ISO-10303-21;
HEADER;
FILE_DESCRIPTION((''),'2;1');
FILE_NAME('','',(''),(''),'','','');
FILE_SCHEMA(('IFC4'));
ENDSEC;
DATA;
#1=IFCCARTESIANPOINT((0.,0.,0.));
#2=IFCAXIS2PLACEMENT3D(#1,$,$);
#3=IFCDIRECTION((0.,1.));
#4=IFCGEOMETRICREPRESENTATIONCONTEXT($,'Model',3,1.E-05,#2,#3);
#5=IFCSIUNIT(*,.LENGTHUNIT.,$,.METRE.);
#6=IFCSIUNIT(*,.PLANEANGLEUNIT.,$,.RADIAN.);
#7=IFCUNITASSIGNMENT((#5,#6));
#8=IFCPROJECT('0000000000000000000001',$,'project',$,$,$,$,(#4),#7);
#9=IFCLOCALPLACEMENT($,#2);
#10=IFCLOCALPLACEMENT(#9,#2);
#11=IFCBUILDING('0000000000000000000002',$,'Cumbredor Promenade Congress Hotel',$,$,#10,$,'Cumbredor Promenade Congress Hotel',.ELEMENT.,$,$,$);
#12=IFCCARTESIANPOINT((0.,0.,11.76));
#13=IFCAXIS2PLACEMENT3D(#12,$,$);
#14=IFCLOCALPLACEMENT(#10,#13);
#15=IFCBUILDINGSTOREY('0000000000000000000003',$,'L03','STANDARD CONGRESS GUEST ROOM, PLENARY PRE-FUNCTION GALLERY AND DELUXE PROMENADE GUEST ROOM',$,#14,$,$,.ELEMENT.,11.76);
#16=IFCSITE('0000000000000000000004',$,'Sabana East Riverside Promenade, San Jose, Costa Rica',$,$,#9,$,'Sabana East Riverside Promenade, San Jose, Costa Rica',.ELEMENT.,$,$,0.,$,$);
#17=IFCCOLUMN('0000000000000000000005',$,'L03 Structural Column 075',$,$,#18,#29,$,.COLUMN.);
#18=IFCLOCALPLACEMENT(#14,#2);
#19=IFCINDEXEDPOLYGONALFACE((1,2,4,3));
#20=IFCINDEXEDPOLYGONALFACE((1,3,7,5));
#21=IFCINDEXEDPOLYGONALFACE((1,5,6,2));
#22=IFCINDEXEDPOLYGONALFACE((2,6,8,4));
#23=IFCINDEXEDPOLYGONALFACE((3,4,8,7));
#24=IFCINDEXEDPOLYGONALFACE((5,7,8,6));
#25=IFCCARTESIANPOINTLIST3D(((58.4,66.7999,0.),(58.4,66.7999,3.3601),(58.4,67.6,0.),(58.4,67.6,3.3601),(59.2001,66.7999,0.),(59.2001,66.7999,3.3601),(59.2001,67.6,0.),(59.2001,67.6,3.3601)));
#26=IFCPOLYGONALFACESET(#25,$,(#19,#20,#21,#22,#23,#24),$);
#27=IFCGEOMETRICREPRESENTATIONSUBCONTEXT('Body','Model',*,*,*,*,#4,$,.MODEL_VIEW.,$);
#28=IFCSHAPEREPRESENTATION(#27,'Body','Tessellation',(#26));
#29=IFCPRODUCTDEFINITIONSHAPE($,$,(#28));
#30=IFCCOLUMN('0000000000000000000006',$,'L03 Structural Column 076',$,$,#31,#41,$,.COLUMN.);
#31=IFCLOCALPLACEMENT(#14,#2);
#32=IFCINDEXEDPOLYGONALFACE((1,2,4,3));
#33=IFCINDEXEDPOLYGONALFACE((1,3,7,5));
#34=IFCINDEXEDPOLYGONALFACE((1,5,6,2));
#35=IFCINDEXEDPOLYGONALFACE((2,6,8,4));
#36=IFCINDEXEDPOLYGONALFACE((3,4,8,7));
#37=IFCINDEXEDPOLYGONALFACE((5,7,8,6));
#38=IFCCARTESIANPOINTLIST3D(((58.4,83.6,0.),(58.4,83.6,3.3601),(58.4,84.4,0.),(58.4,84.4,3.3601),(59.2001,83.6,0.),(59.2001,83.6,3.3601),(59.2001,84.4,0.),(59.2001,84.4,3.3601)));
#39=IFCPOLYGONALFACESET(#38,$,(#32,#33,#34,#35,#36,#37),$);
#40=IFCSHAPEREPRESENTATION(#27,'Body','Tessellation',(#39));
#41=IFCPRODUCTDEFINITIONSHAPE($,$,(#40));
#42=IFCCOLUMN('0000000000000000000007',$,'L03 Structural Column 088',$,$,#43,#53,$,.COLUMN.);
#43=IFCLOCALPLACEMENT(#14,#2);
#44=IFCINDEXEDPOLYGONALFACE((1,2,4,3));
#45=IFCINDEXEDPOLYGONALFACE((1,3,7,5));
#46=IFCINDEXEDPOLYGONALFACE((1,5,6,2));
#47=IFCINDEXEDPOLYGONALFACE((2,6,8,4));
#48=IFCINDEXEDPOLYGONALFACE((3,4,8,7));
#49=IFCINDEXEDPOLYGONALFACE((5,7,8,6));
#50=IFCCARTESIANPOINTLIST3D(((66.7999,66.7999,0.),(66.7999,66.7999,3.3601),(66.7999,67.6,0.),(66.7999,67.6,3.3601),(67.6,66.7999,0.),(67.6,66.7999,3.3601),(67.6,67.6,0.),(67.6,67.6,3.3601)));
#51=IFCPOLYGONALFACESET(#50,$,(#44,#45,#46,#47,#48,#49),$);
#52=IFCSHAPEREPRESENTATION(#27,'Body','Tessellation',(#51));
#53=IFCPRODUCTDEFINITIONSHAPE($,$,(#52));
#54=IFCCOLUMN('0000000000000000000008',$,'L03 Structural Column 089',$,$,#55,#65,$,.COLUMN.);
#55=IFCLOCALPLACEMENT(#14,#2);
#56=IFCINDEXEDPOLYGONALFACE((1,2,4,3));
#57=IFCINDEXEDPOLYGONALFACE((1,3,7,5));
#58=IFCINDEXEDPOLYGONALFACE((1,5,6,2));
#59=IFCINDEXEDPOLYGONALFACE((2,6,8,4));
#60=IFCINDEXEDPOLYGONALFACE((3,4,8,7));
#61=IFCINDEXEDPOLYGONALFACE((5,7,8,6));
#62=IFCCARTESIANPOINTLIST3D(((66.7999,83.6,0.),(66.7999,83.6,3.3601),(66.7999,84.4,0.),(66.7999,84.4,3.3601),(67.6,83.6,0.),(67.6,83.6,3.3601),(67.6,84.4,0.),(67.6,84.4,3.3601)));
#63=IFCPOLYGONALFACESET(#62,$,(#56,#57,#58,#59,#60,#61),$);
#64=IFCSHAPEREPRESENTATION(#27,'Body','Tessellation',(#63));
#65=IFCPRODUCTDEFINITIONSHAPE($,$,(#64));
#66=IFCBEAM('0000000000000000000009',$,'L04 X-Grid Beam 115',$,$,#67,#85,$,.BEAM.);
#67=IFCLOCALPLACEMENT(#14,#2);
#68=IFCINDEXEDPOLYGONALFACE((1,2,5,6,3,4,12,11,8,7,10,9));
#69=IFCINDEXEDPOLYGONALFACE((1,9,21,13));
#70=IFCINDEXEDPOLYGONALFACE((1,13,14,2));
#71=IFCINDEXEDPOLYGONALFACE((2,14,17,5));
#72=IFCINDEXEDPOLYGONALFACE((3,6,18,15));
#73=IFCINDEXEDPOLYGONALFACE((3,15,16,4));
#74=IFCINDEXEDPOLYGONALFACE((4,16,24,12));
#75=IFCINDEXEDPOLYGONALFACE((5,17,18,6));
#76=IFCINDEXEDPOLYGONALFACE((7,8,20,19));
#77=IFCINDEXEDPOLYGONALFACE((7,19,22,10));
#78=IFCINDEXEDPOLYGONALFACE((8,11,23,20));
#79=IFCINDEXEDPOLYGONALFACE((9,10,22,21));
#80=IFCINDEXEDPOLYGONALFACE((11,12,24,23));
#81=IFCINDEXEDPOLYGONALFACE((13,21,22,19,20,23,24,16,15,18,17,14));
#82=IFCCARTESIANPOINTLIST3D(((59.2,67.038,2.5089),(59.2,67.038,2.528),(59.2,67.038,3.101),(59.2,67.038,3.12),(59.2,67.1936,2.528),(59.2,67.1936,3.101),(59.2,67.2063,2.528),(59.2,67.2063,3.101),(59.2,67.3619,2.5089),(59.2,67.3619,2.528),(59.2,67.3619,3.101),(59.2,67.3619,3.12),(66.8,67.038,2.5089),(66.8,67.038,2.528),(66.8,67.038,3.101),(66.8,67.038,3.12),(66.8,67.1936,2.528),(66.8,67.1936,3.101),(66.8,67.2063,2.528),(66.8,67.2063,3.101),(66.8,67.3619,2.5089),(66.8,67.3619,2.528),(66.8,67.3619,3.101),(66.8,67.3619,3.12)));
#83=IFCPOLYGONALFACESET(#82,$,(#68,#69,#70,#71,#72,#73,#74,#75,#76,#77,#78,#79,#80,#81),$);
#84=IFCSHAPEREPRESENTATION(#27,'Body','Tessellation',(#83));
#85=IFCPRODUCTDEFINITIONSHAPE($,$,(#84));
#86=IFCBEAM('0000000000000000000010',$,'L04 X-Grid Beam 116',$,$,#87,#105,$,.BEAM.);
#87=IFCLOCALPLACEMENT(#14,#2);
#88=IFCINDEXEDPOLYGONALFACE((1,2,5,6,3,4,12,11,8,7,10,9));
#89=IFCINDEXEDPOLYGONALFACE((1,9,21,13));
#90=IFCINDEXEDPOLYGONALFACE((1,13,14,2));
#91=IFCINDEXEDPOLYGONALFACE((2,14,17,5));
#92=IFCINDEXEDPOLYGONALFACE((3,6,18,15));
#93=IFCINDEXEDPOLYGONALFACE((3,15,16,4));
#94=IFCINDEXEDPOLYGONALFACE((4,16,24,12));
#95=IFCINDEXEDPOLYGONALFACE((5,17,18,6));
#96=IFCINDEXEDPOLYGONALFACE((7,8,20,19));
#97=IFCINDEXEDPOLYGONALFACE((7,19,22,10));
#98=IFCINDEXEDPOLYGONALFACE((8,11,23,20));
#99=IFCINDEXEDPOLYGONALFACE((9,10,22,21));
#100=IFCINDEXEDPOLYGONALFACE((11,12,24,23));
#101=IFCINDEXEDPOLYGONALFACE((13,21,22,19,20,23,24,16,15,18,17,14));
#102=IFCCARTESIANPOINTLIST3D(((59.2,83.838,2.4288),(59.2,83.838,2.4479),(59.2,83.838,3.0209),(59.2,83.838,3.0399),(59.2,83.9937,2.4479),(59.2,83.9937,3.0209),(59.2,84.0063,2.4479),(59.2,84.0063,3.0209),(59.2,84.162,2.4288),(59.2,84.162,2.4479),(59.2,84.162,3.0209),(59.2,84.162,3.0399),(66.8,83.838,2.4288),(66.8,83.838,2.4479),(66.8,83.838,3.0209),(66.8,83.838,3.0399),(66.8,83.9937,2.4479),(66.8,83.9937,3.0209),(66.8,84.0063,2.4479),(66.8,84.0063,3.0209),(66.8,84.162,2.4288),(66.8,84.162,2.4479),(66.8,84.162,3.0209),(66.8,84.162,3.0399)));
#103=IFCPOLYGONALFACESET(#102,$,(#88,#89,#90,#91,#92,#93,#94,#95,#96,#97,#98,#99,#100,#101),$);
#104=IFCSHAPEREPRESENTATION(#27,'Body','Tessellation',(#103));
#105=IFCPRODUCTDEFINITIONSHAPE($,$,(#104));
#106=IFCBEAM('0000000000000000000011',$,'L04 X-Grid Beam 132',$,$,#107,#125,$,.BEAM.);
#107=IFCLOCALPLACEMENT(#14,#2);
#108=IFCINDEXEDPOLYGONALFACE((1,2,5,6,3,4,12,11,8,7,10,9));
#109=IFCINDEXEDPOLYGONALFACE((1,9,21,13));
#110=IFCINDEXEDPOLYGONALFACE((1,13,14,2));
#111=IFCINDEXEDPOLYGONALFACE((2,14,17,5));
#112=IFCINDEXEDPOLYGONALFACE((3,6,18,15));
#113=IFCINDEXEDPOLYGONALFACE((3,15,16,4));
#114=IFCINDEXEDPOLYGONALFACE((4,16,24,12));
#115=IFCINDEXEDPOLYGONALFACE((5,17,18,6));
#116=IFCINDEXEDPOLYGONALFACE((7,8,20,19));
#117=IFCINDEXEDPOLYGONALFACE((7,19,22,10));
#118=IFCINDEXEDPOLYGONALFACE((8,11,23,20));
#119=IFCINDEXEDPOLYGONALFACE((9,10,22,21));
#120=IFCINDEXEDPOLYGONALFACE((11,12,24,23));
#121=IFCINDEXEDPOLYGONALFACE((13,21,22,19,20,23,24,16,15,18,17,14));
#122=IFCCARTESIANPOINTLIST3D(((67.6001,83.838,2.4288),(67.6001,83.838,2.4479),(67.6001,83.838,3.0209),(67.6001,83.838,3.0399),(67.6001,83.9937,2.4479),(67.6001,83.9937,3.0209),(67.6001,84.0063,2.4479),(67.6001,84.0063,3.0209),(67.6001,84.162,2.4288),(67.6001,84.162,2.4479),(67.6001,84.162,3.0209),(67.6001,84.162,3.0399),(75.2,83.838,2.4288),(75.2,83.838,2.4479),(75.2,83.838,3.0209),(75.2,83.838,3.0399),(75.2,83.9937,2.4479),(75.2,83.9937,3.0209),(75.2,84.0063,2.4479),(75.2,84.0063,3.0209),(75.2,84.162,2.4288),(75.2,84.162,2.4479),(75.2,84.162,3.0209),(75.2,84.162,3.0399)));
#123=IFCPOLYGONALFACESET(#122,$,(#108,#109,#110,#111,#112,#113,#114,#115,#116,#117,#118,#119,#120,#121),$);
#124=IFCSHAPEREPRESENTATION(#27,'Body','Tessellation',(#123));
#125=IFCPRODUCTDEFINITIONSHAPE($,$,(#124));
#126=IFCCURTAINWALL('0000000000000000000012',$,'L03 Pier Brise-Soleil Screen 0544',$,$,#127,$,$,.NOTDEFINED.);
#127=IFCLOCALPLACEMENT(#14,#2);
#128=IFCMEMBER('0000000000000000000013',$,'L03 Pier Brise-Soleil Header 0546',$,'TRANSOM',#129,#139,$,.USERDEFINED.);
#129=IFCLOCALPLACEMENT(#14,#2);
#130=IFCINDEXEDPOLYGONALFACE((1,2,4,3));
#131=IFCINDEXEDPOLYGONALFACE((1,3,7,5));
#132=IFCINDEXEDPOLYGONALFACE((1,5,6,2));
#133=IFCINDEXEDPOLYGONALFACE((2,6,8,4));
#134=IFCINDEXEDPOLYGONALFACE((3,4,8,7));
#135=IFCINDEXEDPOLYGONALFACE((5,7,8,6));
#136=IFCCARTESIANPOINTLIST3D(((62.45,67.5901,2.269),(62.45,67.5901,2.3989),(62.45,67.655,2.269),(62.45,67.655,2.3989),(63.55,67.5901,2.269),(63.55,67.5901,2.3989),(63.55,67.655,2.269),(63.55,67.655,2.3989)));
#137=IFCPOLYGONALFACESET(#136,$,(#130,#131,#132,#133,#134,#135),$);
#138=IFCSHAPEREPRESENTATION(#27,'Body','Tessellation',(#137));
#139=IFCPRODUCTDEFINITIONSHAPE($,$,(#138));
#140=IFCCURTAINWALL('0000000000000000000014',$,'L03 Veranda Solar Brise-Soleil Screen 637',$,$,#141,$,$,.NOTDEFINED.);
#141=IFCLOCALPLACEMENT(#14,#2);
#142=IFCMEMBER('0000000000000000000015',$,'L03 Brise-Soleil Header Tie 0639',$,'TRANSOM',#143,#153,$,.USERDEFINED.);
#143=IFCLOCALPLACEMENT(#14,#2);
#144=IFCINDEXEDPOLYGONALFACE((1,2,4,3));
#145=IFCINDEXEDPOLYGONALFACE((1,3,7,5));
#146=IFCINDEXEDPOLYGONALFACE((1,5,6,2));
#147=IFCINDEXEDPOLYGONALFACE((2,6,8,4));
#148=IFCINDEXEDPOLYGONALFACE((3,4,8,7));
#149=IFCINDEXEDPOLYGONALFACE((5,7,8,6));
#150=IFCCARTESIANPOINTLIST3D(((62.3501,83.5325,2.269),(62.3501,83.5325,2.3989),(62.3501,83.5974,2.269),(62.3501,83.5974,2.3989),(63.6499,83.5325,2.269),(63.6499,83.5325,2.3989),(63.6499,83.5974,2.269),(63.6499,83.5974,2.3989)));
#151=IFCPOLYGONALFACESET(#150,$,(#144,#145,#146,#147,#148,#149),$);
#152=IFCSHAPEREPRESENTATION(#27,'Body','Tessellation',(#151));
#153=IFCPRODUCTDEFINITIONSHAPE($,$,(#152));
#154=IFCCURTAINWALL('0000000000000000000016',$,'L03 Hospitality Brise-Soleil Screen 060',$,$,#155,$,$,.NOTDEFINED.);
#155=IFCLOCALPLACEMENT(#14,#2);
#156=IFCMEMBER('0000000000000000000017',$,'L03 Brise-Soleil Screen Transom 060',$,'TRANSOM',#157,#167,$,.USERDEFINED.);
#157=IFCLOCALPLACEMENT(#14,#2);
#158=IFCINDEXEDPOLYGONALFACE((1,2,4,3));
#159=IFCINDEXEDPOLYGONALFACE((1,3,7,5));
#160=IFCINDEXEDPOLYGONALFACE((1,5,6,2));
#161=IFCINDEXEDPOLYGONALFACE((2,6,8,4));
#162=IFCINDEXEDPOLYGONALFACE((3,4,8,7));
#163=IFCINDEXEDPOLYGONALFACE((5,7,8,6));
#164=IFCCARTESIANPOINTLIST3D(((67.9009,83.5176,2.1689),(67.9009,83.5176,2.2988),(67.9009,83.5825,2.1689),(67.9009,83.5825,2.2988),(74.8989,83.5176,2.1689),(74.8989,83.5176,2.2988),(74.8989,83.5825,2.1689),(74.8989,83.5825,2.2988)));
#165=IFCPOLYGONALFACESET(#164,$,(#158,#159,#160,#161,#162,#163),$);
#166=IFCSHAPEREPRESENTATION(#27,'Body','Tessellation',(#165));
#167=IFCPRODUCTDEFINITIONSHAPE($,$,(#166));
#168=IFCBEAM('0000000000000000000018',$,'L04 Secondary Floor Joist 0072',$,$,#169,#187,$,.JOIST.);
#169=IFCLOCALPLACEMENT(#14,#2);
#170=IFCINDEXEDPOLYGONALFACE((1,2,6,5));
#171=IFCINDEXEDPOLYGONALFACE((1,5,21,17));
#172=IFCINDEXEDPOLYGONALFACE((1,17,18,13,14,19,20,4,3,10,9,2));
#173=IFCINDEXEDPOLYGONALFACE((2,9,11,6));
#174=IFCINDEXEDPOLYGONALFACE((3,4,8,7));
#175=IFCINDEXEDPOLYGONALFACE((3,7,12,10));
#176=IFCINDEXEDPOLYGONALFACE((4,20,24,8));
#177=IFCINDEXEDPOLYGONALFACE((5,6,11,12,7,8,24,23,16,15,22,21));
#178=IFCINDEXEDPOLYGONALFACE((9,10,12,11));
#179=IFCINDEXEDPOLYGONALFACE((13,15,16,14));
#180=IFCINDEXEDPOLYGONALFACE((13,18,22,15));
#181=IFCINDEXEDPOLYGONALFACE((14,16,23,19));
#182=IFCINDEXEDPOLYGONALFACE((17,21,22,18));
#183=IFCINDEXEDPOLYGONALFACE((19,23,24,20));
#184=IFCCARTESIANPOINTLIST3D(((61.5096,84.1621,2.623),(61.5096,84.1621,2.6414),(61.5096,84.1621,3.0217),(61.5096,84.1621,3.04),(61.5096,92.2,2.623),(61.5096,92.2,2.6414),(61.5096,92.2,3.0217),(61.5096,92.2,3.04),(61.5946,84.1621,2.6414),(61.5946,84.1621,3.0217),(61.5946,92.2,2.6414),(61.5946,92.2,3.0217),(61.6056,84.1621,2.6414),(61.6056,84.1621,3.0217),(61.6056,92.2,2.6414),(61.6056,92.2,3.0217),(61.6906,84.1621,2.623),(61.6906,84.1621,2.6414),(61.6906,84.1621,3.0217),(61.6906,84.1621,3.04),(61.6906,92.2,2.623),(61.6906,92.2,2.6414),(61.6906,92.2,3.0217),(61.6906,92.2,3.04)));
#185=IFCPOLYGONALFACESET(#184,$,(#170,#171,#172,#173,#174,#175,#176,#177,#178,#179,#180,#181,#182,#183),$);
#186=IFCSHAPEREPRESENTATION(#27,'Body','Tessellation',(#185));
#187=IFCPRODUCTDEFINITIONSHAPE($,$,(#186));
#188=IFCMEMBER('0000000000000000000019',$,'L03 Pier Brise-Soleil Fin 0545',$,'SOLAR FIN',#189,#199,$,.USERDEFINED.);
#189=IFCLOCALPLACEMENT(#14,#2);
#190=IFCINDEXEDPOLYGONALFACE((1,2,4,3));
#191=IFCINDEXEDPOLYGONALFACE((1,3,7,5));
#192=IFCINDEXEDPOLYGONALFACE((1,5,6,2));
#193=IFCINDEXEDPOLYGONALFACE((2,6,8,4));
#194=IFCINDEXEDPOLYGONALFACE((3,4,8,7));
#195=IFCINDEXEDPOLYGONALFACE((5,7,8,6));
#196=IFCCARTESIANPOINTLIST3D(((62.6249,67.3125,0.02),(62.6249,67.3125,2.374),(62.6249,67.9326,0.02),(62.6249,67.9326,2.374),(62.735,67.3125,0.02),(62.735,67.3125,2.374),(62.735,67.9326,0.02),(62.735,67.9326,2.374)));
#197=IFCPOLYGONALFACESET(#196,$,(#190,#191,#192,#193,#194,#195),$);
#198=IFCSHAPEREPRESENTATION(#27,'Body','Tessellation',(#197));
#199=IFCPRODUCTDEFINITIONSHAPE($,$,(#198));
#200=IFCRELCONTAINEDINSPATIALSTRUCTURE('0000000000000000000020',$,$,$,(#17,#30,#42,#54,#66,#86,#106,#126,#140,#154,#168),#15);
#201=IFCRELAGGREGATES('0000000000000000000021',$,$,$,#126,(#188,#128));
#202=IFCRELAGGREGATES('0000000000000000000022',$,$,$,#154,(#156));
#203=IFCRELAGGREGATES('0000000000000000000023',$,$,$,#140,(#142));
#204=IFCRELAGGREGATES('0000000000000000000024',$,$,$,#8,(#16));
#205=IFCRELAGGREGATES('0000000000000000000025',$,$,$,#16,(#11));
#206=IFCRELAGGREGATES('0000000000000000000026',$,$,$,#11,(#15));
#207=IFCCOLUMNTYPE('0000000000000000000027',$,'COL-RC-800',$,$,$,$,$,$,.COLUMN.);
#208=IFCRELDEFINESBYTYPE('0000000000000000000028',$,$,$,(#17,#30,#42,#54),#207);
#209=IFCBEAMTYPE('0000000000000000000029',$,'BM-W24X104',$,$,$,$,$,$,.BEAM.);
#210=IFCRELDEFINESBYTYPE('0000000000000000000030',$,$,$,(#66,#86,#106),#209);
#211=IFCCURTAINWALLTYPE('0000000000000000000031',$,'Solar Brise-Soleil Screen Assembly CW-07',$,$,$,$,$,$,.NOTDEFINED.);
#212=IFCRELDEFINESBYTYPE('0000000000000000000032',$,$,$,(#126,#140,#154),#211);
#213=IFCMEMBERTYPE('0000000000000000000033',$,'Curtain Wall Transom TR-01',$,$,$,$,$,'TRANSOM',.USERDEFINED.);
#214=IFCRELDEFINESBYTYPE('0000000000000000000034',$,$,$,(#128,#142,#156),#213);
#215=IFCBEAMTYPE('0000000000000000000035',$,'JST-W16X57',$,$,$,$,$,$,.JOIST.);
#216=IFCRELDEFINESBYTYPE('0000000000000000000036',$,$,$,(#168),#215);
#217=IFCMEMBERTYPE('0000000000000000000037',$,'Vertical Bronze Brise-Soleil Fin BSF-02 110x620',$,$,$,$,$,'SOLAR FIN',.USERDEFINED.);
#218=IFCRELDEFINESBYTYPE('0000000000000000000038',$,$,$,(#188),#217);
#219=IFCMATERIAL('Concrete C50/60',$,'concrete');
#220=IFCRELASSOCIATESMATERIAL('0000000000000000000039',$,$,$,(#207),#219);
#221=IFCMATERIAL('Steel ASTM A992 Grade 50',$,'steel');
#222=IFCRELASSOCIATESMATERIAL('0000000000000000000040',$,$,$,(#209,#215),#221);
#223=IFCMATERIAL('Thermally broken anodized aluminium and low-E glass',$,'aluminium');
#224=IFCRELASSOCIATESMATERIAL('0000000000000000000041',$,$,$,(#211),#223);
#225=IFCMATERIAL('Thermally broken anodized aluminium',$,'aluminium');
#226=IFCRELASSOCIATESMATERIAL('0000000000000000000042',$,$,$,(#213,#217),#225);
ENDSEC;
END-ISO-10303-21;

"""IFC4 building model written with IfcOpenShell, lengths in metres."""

from ifc_helpers import new_model, si_unit, direction, frame, origin, origin_2d, place, context, subcontext, project, spatial, rectangle, i_section, extrude, material, material_profile, profile_set, type_object, element, aggregate, save


model = new_model("IFC4")

# Units and contexts
model_context = context("Model", 3, precision=1e-05, world=origin(), true_north=direction((0.0, 1.0)))
body_context = subcontext(model_context, "Body", "Model", "MODEL_VIEW")
ifc_project = project(units=[si_unit("LENGTHUNIT", "METRE"), si_unit("PLANEANGLEUNIT", "RADIAN")], contexts=[model_context])

# Site, building, storey
site_placement = place(None, origin())
site = spatial("IfcSite", under=ifc_project, at=site_placement, Name="Sabana East Riverside Promenade, San Jose, Costa Rica", LongName="Sabana East Riverside Promenade, San Jose, Costa Rica", CompositionType="ELEMENT", RefElevation=0.0)
building_placement = place(site_placement, origin())
building = spatial("IfcBuilding", under=site, at=building_placement, Name="Cumbredor Promenade Congress Hotel", LongName="Cumbredor Promenade Congress Hotel", CompositionType="ELEMENT")
storey_placement = place(building_placement, frame((0.0, 0.0, 11.76)))
storey = spatial("IfcBuildingStorey", under=building, at=storey_placement, Name="L03", Description="STANDARD CONGRESS GUEST ROOM, PLENARY PRE-FUNCTION GALLERY AND DELUXE PROMENADE GUEST ROOM", CompositionType="ELEMENT", Elevation=11.76)

# Columns
ifc_material_1 = material(Name="Concrete C50/60", Category="concrete")
ifc_material_profile_1 = material_profile(ifc_material_1, rectangle(XDim=0.8, YDim=0.8, at=origin_2d()), Name="RC 800x800")
ifc_profile_set_1 = profile_set([ifc_material_profile_1], Name="Concrete C50/60")
column_type = type_object("IfcColumnType", Name="COL-RC-800", PredefinedType="COLUMN", material=ifc_profile_set_1)
for number, where, z_axis, x_axis, name in (
    (1, (58.8, 67.2, 0.0), (0.0, 0.0, 1.0), (1.0, 0.0, 0.0), "L03 Structural Column 075"),
    (2, (58.8, 84.0, 0.0), (0.0, 0.0, 1.0), (1.0, 0.0, 0.0), "L03 Structural Column 076"),
    (3, (67.2, 67.2, 0.0), (0.0, 0.0, 1.0), (1.0, 0.0, 0.0), "L03 Structural Column 088"),
    (4, (67.2, 84.0, 0.0), (0.0, 0.0, 1.0), (1.0, 0.0, 0.0), "L03 Structural Column 089"),
):
    element("IfcColumn", number, at=place(storey_placement, frame(where, z_axis=z_axis, x_axis=x_axis)), inside=storey, type_object=column_type, Name=name, PredefinedType="COLUMN", context=body_context, shape_type="SweptSolid", body=[
        extrude(rectangle(XDim=0.8, YDim=0.8, at=origin_2d()), origin(), (0.0, 0.0, 1.0), 3.3601),
    ])

# Beams
ifc_material_2 = material(Name="Steel ASTM A992 Grade 50", Category="steel")
ifc_material_profile_2 = material_profile(ifc_material_2, i_section(OverallWidth=0.324, OverallDepth=0.6111, WebThickness=0.0127, FlangeThickness=0.019, at=origin_2d()), Name="W24X104")
ifc_profile_set_2 = profile_set([ifc_material_profile_2], Name="Steel ASTM A992 Grade 50")
beam_type_1 = type_object("IfcBeamType", Name="BM-W24X104", PredefinedType="BEAM", material=ifc_profile_set_2)
for number, where, z_axis, x_axis, name in (
    (5, (59.2, 67.2, 2.8145), (1.0, 0.0, 0.0), (0.0, 1.0, 0.0), "L04 X-Grid Beam 115"),
    (6, (59.2, 84.0, 2.7344), (1.0, 0.0, 0.0), (0.0, 1.0, 0.0), "L04 X-Grid Beam 116"),
):
    element("IfcBeam", number, at=place(storey_placement, frame(where, z_axis=z_axis, x_axis=x_axis)), inside=storey, type_object=beam_type_1, Name=name, PredefinedType="BEAM", context=body_context, shape_type="SweptSolid", body=[
        extrude(i_section(OverallWidth=0.324, OverallDepth=0.6111, WebThickness=0.0127, FlangeThickness=0.019, at=origin_2d()), origin(), (0.0, 0.0, 1.0), 7.6001),
    ])
beam_1_placement = place(storey_placement, frame((67.6001, 84.0, 2.7344), z_axis=(1.0, 0.0, 0.0), x_axis=(0.0, 1.0, 0.0)))
element("IfcBeam", 7, at=beam_1_placement, inside=storey, type_object=beam_type_1, Name="L04 X-Grid Beam 132", PredefinedType="BEAM", context=body_context, shape_type="SweptSolid", body=[
    extrude(i_section(OverallWidth=0.324, OverallDepth=0.6111, WebThickness=0.0127, FlangeThickness=0.019, at=origin_2d()), origin(), (0.0, 0.0, 1.0), 7.5999),
])

# Curtain walls, members
ifc_material_3 = material(Name="Thermally broken anodized aluminium and low-E glass", Category="aluminium")
curtain_wall_type = type_object("IfcCurtainWallType", Name="Solar Brise-Soleil Screen Assembly CW-07", PredefinedType="NOTDEFINED", material=ifc_material_3)
curtain_wall_1_placement = place(storey_placement, origin())
curtain_wall_1 = element("IfcCurtainWall", 8, at=curtain_wall_1_placement, inside=storey, type_object=curtain_wall_type, Name="L03 Pier Brise-Soleil Screen 0544", PredefinedType="NOTDEFINED")
ifc_material_4 = material(Name="Thermally broken anodized aluminium", Category="aluminium")
ifc_material_profile_3 = material_profile(ifc_material_4, rectangle(XDim=0.0649, YDim=0.1299, at=origin_2d()), Name="ALU TRANSOM 65x130")
ifc_profile_set_3 = profile_set([ifc_material_profile_3], Name="Thermally broken anodized aluminium")
member_type_1 = type_object("IfcMemberType", Name="Curtain Wall Transom TR-01", ElementType="TRANSOM", PredefinedType="USERDEFINED", material=ifc_profile_set_3)
member_1_placement = place(storey_placement, frame((62.45, 67.6226, 2.334), z_axis=(1.0, 0.0, 0.0), x_axis=(0.0, 1.0, 0.0)))
member_1 = element("IfcMember", 9, at=member_1_placement, type_object=member_type_1, Name="L03 Pier Brise-Soleil Header 0546", ObjectType="TRANSOM", PredefinedType="USERDEFINED", context=body_context, shape_type="SweptSolid", body=[
    extrude(rectangle(XDim=0.0649, YDim=0.1299, at=origin_2d()), origin(), (0.0, 0.0, 1.0), 1.1001),
])
curtain_wall_2_placement = place(storey_placement, origin())
curtain_wall_2 = element("IfcCurtainWall", 10, at=curtain_wall_2_placement, inside=storey, type_object=curtain_wall_type, Name="L03 Veranda Solar Brise-Soleil Screen 637", PredefinedType="NOTDEFINED")
member_2_placement = place(storey_placement, frame((62.3501, 83.5649, 2.334), z_axis=(1.0, 0.0, 0.0), x_axis=(0.0, 1.0, 0.0)))
member_2 = element("IfcMember", 11, at=member_2_placement, type_object=member_type_1, Name="L03 Brise-Soleil Header Tie 0639", ObjectType="TRANSOM", PredefinedType="USERDEFINED", context=body_context, shape_type="SweptSolid", body=[
    extrude(rectangle(XDim=0.0649, YDim=0.1299, at=origin_2d()), origin(), (0.0, 0.0, 1.0), 1.2998),
])
curtain_wall_3_placement = place(storey_placement, origin())
curtain_wall_3 = element("IfcCurtainWall", 12, at=curtain_wall_3_placement, inside=storey, type_object=curtain_wall_type, Name="L03 Hospitality Brise-Soleil Screen 060", PredefinedType="NOTDEFINED")
member_3_placement = place(storey_placement, frame((67.9009, 83.55, 2.2339), z_axis=(1.0, 0.0, 0.0), x_axis=(0.0, 1.0, 0.0)))
member_3 = element("IfcMember", 13, at=member_3_placement, type_object=member_type_1, Name="L03 Brise-Soleil Screen Transom 060", ObjectType="TRANSOM", PredefinedType="USERDEFINED", context=body_context, shape_type="SweptSolid", body=[
    extrude(rectangle(XDim=0.0649, YDim=0.1299, at=origin_2d()), origin(), (0.0, 0.0, 1.0), 6.998),
])

# Beam
ifc_material_profile_4 = material_profile(ifc_material_2, i_section(OverallWidth=0.1809, OverallDepth=0.417, WebThickness=0.011, FlangeThickness=0.0183, at=origin_2d()), Name="W16X57")
ifc_profile_set_4 = profile_set([ifc_material_profile_4], Name="Steel ASTM A992 Grade 50")
beam_type_2 = type_object("IfcBeamType", Name="JST-W16X57", PredefinedType="JOIST", material=ifc_profile_set_4)
beam_2_placement = place(storey_placement, frame((61.6001, 84.1621, 2.8315), z_axis=(0.0, 1.0, 0.0), x_axis=(-1.0, 0.0, 0.0)))
element("IfcBeam", 14, at=beam_2_placement, inside=storey, type_object=beam_type_2, Name="L04 Secondary Floor Joist 0072", PredefinedType="JOIST", context=body_context, shape_type="SweptSolid", body=[
    extrude(i_section(OverallWidth=0.1809, OverallDepth=0.417, WebThickness=0.011, FlangeThickness=0.0183, at=origin_2d()), origin(), (0.0, 0.0, 1.0), 8.0378),
])

# Member
ifc_material_profile_5 = material_profile(ifc_material_4, rectangle(XDim=0.1101, YDim=0.6201, at=origin_2d()), Name="ARCH FIN 110x620")
ifc_profile_set_5 = profile_set([ifc_material_profile_5], Name="Thermally broken anodized aluminium")
member_type_2 = type_object("IfcMemberType", Name="Vertical Bronze Brise-Soleil Fin BSF-02 110x620", ElementType="SOLAR FIN", PredefinedType="USERDEFINED", material=ifc_profile_set_5)
member_4_placement = place(storey_placement, frame((62.6799, 67.6226, 0.02), z_axis=(0.0, 0.0, 1.0), x_axis=(1.0, 0.0, 0.0)))
member_4 = element("IfcMember", 15, at=member_4_placement, type_object=member_type_2, Name="L03 Pier Brise-Soleil Fin 0545", ObjectType="SOLAR FIN", PredefinedType="USERDEFINED", context=body_context, shape_type="SweptSolid", body=[
    extrude(rectangle(XDim=0.1101, YDim=0.6201, at=origin_2d()), origin(), (0.0, 0.0, 1.0), 2.354),
])
aggregate(curtain_wall_1, [member_4, member_1])
aggregate(curtain_wall_3, [member_3])
aggregate(curtain_wall_2, [member_2])

save(model, "model.ifc")
